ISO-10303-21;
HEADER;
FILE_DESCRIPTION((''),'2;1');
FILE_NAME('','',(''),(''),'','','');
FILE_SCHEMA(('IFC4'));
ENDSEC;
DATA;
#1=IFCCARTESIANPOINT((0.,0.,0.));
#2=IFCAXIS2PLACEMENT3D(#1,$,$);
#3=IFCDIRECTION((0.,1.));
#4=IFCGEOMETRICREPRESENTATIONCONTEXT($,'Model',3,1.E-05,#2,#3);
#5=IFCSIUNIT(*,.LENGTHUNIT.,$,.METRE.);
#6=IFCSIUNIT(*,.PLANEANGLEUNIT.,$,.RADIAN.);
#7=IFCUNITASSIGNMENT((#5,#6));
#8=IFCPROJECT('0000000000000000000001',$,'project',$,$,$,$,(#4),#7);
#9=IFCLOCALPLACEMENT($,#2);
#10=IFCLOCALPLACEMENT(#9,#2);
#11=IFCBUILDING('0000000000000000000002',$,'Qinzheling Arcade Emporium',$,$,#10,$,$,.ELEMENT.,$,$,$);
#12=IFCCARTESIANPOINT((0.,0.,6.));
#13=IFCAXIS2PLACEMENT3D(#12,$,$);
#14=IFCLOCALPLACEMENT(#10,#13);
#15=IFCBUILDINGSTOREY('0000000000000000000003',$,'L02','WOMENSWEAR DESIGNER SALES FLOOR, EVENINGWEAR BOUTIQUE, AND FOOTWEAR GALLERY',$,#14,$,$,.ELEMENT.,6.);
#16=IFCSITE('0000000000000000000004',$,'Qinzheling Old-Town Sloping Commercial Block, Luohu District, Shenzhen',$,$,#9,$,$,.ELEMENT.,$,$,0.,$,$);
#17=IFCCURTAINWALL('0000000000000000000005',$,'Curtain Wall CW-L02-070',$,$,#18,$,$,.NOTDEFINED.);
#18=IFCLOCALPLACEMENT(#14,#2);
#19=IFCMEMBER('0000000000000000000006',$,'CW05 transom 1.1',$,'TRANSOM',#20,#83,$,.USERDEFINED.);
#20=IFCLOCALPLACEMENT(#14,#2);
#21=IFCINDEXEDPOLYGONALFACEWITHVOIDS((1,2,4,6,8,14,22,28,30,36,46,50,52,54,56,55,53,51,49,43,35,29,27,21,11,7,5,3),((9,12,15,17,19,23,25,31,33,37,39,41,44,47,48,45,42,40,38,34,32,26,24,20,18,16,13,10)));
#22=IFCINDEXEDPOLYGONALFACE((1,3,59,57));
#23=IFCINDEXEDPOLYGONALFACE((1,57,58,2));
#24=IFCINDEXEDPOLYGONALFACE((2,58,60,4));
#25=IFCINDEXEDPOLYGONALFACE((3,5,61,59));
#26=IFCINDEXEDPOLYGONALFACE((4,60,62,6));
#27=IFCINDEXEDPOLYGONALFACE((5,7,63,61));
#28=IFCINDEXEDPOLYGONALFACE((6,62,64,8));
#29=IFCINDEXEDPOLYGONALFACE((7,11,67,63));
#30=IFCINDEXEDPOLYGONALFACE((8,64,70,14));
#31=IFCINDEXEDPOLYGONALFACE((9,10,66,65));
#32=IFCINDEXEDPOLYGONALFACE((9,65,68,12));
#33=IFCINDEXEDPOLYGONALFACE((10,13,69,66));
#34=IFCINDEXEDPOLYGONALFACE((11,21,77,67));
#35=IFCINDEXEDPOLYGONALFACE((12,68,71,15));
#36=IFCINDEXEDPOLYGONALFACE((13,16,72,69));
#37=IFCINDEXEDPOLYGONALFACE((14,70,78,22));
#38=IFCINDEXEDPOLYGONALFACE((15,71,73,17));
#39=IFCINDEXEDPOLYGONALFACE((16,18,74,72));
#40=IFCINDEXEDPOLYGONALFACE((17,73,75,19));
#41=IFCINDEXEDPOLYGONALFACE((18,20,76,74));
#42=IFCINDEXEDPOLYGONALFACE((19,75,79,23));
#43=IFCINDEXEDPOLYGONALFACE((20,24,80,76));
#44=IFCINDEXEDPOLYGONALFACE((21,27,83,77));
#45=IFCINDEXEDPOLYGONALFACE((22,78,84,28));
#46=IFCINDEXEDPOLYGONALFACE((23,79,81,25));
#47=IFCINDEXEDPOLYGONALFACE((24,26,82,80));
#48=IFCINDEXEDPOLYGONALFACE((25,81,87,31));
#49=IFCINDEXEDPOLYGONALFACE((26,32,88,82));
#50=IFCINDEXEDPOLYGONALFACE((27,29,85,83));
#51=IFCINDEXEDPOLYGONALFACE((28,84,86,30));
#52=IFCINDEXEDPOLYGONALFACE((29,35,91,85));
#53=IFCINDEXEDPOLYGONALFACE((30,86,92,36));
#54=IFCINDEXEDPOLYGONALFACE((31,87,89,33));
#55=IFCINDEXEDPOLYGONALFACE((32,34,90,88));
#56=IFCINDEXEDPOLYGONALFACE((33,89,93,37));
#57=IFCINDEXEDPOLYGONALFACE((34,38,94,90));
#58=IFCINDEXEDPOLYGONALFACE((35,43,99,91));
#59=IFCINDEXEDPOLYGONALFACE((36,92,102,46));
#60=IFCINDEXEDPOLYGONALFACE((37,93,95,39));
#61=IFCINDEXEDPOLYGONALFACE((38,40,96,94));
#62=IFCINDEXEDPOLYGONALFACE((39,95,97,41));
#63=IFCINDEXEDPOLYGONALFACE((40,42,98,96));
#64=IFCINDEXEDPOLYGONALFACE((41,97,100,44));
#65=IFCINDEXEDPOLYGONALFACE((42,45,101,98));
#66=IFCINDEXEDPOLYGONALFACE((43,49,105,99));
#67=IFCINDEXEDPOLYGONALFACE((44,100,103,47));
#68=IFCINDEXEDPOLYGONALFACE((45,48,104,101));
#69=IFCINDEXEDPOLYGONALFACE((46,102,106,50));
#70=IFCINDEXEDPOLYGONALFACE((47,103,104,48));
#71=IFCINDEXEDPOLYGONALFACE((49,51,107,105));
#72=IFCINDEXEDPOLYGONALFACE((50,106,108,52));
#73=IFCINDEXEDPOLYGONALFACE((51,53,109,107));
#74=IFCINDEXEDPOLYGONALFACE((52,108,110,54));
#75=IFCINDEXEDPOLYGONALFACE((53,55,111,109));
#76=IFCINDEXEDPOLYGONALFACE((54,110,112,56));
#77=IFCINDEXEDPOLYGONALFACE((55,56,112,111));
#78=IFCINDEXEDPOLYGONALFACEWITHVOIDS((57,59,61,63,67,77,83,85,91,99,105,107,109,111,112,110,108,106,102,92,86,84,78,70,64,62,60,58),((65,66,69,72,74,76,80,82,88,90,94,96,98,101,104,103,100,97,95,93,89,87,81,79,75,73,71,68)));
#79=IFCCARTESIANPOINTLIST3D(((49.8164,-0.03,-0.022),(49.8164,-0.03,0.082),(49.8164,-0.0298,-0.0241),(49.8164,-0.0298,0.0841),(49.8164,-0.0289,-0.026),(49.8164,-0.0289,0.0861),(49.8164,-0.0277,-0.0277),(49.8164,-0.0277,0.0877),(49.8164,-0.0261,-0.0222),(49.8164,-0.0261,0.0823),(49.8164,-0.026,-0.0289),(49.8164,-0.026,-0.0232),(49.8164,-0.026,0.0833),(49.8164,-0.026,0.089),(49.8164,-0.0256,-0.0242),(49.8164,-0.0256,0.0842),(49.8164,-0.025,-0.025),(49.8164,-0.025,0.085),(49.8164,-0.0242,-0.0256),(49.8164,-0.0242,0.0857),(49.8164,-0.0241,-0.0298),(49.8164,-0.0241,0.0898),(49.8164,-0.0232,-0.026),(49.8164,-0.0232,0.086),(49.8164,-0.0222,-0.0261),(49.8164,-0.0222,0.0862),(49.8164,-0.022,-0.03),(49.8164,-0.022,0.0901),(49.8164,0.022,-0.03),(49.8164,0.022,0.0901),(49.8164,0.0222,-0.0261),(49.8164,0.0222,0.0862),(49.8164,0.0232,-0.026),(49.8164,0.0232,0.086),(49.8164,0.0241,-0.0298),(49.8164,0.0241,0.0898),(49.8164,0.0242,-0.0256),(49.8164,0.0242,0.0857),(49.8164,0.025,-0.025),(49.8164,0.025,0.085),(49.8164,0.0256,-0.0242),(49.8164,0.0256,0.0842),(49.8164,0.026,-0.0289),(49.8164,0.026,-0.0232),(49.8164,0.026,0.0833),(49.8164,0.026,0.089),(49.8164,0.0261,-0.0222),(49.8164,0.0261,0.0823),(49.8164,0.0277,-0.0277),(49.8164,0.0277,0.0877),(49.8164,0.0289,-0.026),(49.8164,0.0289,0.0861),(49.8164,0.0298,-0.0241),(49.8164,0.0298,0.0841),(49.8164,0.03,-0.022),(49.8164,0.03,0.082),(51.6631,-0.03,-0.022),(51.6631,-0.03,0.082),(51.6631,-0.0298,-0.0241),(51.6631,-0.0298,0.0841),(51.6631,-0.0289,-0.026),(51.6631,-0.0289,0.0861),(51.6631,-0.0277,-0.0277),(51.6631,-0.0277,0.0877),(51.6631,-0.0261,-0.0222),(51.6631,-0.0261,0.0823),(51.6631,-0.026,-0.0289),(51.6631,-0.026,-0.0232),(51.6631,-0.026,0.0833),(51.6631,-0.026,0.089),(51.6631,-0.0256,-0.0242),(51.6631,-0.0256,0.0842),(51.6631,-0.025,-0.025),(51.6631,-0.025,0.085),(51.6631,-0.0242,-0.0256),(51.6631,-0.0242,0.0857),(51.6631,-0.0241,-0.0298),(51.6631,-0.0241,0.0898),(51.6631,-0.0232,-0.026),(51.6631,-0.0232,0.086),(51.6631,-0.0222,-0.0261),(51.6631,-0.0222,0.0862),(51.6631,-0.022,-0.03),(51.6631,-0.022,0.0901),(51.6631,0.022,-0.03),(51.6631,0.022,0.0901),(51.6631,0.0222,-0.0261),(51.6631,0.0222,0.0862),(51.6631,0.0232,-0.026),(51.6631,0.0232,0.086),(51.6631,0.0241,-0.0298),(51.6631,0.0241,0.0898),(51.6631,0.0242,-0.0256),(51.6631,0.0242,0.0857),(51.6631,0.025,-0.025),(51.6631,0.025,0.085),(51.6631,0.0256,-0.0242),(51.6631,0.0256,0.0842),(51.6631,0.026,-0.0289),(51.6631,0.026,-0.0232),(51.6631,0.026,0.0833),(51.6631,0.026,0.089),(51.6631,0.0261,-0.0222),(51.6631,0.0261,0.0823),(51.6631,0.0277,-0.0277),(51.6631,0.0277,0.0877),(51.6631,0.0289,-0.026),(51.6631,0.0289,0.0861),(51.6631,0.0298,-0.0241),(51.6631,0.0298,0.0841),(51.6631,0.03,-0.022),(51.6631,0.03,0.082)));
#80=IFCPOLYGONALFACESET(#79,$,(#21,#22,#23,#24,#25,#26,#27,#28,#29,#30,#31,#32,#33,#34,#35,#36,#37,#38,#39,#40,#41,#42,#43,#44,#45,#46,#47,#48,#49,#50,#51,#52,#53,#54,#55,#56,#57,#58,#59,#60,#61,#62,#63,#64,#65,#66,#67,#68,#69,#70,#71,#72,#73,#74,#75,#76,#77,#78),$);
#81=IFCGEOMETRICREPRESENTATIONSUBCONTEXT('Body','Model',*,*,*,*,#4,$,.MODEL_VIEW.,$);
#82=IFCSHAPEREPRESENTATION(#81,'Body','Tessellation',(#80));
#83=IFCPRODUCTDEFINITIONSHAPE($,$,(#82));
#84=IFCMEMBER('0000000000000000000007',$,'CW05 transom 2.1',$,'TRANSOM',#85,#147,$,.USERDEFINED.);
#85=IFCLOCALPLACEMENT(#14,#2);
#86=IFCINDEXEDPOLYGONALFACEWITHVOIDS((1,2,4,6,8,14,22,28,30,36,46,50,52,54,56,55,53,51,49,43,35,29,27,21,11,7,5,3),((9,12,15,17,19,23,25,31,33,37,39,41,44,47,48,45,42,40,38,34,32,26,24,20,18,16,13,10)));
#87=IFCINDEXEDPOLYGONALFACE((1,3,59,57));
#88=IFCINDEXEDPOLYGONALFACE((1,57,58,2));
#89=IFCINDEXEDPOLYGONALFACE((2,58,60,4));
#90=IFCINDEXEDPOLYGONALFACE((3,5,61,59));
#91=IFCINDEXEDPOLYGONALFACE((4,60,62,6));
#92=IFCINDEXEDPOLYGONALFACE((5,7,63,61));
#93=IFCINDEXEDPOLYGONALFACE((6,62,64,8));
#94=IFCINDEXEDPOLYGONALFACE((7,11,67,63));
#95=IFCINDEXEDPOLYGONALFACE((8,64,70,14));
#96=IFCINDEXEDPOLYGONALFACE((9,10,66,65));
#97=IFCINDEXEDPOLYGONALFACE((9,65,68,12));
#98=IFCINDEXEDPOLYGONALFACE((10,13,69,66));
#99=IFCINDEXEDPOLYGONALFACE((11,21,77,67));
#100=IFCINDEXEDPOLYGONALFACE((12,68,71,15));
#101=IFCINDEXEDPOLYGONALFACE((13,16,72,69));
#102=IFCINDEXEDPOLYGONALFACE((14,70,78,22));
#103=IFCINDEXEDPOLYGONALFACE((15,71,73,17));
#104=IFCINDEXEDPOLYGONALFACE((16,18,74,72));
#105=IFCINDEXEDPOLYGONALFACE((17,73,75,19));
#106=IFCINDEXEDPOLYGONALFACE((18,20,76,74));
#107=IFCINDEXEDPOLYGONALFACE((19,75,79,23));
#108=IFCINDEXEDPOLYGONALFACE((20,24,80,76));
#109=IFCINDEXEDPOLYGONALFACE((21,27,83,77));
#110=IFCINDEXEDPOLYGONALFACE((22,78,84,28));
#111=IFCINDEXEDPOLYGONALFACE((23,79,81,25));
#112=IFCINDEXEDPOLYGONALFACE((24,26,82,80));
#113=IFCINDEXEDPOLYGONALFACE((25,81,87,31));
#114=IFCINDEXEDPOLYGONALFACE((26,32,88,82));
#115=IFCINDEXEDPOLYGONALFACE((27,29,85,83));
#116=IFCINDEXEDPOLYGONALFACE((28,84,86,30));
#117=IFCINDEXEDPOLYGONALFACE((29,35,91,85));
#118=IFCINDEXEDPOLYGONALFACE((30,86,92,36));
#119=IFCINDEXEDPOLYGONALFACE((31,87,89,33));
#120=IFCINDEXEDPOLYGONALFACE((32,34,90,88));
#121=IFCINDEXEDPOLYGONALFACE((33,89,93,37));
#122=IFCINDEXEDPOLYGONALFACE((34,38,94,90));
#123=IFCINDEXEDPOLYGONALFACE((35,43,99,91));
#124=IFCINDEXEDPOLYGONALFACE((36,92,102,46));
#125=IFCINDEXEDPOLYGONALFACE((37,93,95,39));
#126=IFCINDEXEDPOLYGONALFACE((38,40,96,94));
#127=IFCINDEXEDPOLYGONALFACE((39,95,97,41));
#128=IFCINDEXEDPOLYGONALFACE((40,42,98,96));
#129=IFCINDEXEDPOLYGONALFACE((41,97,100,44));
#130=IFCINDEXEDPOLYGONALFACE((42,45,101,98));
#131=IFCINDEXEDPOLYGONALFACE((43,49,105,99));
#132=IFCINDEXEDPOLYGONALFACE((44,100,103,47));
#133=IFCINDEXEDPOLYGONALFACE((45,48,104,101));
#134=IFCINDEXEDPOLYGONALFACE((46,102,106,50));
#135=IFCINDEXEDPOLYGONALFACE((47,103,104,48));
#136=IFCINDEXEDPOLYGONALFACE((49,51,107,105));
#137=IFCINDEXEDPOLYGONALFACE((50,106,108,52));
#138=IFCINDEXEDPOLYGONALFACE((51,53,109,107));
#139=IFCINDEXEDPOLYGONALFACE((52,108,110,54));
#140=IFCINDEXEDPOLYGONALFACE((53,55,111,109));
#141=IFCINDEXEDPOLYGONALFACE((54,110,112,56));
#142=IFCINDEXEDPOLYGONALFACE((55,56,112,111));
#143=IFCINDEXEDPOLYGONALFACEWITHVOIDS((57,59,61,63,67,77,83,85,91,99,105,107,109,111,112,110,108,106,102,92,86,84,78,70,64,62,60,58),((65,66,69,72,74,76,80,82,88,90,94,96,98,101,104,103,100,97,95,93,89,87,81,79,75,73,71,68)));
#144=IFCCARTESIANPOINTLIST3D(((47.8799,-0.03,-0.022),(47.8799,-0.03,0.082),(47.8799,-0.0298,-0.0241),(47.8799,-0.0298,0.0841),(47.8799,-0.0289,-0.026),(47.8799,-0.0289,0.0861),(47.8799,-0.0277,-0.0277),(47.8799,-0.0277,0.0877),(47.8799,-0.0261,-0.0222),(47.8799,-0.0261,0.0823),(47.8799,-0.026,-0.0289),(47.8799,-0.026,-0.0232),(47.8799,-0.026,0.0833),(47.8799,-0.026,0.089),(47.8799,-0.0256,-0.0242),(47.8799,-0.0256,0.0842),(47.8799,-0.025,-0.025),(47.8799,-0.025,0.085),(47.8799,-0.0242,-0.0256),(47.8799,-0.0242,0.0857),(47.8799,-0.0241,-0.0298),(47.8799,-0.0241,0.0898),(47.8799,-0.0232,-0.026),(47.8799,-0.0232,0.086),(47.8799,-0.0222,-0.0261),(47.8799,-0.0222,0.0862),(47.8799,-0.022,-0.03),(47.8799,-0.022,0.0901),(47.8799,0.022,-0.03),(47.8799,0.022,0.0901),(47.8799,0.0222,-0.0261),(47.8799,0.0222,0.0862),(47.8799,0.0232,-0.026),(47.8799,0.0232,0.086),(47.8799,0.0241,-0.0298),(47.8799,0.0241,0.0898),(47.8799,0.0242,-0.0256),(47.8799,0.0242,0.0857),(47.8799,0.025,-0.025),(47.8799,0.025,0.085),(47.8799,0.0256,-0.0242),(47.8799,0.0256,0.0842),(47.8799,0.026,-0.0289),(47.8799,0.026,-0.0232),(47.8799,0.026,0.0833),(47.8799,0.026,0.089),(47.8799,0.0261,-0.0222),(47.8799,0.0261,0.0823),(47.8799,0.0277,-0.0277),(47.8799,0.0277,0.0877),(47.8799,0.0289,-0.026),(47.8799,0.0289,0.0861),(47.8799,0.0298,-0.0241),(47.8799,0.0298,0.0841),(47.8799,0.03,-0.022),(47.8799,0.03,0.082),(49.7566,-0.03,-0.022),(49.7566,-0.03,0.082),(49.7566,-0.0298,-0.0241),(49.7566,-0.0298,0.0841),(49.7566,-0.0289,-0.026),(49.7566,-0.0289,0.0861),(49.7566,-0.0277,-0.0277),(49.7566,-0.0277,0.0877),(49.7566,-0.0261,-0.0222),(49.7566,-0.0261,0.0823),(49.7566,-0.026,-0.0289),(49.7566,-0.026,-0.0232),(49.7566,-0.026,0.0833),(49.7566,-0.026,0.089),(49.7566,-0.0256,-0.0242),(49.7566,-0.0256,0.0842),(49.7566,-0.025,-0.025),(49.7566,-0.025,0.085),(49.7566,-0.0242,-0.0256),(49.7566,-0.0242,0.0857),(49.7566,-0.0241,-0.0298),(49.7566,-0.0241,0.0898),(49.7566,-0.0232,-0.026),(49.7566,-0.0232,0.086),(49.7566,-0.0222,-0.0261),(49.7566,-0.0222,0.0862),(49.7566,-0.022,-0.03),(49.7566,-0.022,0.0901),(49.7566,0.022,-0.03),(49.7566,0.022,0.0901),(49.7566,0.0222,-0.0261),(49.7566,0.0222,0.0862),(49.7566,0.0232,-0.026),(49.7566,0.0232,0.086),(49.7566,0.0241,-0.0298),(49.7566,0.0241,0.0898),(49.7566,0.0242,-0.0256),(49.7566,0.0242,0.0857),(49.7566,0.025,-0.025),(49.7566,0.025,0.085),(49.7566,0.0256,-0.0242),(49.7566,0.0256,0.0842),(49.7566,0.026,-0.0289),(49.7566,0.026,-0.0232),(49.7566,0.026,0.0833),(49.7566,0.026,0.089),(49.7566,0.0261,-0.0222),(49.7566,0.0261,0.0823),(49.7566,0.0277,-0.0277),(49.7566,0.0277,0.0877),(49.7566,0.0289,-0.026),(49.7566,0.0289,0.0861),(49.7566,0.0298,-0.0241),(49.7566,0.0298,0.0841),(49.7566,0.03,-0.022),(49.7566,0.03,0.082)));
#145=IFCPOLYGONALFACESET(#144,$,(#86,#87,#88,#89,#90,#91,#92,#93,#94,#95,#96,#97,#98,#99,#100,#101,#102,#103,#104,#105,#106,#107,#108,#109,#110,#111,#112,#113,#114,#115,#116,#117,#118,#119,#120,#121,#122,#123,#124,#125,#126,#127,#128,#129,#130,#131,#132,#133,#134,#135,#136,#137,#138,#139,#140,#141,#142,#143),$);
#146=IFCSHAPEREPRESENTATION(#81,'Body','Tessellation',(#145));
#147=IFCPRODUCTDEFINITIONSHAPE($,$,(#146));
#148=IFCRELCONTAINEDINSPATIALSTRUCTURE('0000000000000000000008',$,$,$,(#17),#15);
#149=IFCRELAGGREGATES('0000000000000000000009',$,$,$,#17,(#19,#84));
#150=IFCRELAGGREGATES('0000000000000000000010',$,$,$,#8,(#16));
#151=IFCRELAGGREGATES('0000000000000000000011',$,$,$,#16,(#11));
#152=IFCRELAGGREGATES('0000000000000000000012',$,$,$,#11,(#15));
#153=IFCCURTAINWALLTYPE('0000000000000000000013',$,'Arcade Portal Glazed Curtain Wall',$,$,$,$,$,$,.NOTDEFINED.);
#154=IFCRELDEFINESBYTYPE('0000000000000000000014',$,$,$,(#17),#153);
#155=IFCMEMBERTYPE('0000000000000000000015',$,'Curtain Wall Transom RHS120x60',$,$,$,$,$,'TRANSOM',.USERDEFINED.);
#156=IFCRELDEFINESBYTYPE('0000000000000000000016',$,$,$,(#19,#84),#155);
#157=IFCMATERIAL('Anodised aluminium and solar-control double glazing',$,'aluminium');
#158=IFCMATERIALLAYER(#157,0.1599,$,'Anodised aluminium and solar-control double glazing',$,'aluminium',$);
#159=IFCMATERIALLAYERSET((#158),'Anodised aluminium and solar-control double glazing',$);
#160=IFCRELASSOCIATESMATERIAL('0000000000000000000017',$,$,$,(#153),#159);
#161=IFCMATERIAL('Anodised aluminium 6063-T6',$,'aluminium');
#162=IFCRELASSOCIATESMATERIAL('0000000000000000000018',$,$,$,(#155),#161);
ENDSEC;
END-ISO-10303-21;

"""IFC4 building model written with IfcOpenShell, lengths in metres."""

from ifc_helpers import new_model, si_unit, direction, frame, origin, origin_2d, place, context, subcontext, project, spatial, hollow_rectangle, extrude, material, layer, layer_set, material_profile, profile_set, type_object, element, aggregate, save


model = new_model("IFC4")

# Units and contexts
model_context = context("Model", 3, precision=1e-05, world=origin(), true_north=direction((0.0, 1.0)))
body_context = subcontext(model_context, "Body", "Model", "MODEL_VIEW")
ifc_project = project(units=[si_unit("LENGTHUNIT", "METRE"), si_unit("PLANEANGLEUNIT", "RADIAN")], contexts=[model_context])

# Site, building, storey
site_placement = place(None, origin())
site = spatial("IfcSite", under=ifc_project, at=site_placement, Name="Qinzheling Old-Town Sloping Commercial Block, Luohu District, Shenzhen", CompositionType="ELEMENT", RefElevation=0.0)
building_placement = place(site_placement, origin())
building = spatial("IfcBuilding", under=site, at=building_placement, Name="Qinzheling Arcade Emporium", CompositionType="ELEMENT")
storey_placement = place(building_placement, frame((0.0, 0.0, 6.0)))
storey = spatial("IfcBuildingStorey", under=building, at=storey_placement, Name="L02", Description="WOMENSWEAR DESIGNER SALES FLOOR, EVENINGWEAR BOUTIQUE, AND FOOTWEAR GALLERY", CompositionType="ELEMENT", Elevation=6.0)

# Curtain wall, members
ifc_material_1 = material(Name="Anodised aluminium and solar-control double glazing", Category="aluminium")
ifc_layer_1 = layer(ifc_material_1, 0.1599, Name="Anodised aluminium and solar-control double glazing", Category="aluminium")
ifc_layer_set_1 = layer_set([ifc_layer_1], Name="Anodised aluminium and solar-control double glazing")
curtain_wall_type = type_object("IfcCurtainWallType", Name="Arcade Portal Glazed Curtain Wall", PredefinedType="NOTDEFINED", material=ifc_layer_set_1)
curtain_wall_placement = place(storey_placement, origin())
curtain_wall = element("IfcCurtainWall", 1, at=curtain_wall_placement, inside=storey, type_object=curtain_wall_type, Name="Curtain Wall CW-L02-070", PredefinedType="NOTDEFINED")
ifc_material_2 = material(Name="Anodised aluminium 6063-T6", Category="aluminium")
ifc_material_profile_1 = material_profile(ifc_material_2, hollow_rectangle(XDim=0.0601, YDim=0.1201, WallThickness=0.0039, InnerFilletRadius=0.0039, OuterFilletRadius=0.0081, at=origin_2d()), Name="RHS 120x60x4", Category="aluminium")
ifc_profile_set_1 = profile_set([ifc_material_profile_1], Name="Anodised aluminium 6063-T6")
member_type_1 = type_object("IfcMemberType", Name="Curtain Wall Transom RHS120x60", ElementType="TRANSOM", PredefinedType="USERDEFINED", material=ifc_profile_set_1)
member_1_placement = place(storey_placement, frame((51.6631, 0.0, 0.03), z_axis=(-1.0, 0.0, 0.0), x_axis=(0.0, -1.0, 0.0)))
member_1 = element("IfcMember", 2, at=member_1_placement, type_object=member_type_1, Name="CW05 transom 1.1", ObjectType="TRANSOM", PredefinedType="USERDEFINED", context=body_context, shape_type="SweptSolid", body=[
    extrude(hollow_rectangle(XDim=0.0601, YDim=0.1201, WallThickness=0.0039, InnerFilletRadius=0.0039, OuterFilletRadius=0.0081, at=origin_2d()), origin(), (0.0, 0.0, 1.0), 1.8467),
])
member_2_placement = place(storey_placement, frame((49.7566, 0.0, 0.03), z_axis=(-1.0, 0.0, 0.0), x_axis=(0.0, -1.0, 0.0)))
member_2 = element("IfcMember", 3, at=member_2_placement, type_object=member_type_1, Name="CW05 transom 2.1", ObjectType="TRANSOM", PredefinedType="USERDEFINED", context=body_context, shape_type="SweptSolid", body=[
    extrude(hollow_rectangle(XDim=0.0601, YDim=0.1201, WallThickness=0.0039, InnerFilletRadius=0.0039, OuterFilletRadius=0.0081, at=origin_2d()), origin(), (0.0, 0.0, 1.0), 1.8767),
])
aggregate(curtain_wall, [member_1, member_2])

save(model, "model.ifc")
